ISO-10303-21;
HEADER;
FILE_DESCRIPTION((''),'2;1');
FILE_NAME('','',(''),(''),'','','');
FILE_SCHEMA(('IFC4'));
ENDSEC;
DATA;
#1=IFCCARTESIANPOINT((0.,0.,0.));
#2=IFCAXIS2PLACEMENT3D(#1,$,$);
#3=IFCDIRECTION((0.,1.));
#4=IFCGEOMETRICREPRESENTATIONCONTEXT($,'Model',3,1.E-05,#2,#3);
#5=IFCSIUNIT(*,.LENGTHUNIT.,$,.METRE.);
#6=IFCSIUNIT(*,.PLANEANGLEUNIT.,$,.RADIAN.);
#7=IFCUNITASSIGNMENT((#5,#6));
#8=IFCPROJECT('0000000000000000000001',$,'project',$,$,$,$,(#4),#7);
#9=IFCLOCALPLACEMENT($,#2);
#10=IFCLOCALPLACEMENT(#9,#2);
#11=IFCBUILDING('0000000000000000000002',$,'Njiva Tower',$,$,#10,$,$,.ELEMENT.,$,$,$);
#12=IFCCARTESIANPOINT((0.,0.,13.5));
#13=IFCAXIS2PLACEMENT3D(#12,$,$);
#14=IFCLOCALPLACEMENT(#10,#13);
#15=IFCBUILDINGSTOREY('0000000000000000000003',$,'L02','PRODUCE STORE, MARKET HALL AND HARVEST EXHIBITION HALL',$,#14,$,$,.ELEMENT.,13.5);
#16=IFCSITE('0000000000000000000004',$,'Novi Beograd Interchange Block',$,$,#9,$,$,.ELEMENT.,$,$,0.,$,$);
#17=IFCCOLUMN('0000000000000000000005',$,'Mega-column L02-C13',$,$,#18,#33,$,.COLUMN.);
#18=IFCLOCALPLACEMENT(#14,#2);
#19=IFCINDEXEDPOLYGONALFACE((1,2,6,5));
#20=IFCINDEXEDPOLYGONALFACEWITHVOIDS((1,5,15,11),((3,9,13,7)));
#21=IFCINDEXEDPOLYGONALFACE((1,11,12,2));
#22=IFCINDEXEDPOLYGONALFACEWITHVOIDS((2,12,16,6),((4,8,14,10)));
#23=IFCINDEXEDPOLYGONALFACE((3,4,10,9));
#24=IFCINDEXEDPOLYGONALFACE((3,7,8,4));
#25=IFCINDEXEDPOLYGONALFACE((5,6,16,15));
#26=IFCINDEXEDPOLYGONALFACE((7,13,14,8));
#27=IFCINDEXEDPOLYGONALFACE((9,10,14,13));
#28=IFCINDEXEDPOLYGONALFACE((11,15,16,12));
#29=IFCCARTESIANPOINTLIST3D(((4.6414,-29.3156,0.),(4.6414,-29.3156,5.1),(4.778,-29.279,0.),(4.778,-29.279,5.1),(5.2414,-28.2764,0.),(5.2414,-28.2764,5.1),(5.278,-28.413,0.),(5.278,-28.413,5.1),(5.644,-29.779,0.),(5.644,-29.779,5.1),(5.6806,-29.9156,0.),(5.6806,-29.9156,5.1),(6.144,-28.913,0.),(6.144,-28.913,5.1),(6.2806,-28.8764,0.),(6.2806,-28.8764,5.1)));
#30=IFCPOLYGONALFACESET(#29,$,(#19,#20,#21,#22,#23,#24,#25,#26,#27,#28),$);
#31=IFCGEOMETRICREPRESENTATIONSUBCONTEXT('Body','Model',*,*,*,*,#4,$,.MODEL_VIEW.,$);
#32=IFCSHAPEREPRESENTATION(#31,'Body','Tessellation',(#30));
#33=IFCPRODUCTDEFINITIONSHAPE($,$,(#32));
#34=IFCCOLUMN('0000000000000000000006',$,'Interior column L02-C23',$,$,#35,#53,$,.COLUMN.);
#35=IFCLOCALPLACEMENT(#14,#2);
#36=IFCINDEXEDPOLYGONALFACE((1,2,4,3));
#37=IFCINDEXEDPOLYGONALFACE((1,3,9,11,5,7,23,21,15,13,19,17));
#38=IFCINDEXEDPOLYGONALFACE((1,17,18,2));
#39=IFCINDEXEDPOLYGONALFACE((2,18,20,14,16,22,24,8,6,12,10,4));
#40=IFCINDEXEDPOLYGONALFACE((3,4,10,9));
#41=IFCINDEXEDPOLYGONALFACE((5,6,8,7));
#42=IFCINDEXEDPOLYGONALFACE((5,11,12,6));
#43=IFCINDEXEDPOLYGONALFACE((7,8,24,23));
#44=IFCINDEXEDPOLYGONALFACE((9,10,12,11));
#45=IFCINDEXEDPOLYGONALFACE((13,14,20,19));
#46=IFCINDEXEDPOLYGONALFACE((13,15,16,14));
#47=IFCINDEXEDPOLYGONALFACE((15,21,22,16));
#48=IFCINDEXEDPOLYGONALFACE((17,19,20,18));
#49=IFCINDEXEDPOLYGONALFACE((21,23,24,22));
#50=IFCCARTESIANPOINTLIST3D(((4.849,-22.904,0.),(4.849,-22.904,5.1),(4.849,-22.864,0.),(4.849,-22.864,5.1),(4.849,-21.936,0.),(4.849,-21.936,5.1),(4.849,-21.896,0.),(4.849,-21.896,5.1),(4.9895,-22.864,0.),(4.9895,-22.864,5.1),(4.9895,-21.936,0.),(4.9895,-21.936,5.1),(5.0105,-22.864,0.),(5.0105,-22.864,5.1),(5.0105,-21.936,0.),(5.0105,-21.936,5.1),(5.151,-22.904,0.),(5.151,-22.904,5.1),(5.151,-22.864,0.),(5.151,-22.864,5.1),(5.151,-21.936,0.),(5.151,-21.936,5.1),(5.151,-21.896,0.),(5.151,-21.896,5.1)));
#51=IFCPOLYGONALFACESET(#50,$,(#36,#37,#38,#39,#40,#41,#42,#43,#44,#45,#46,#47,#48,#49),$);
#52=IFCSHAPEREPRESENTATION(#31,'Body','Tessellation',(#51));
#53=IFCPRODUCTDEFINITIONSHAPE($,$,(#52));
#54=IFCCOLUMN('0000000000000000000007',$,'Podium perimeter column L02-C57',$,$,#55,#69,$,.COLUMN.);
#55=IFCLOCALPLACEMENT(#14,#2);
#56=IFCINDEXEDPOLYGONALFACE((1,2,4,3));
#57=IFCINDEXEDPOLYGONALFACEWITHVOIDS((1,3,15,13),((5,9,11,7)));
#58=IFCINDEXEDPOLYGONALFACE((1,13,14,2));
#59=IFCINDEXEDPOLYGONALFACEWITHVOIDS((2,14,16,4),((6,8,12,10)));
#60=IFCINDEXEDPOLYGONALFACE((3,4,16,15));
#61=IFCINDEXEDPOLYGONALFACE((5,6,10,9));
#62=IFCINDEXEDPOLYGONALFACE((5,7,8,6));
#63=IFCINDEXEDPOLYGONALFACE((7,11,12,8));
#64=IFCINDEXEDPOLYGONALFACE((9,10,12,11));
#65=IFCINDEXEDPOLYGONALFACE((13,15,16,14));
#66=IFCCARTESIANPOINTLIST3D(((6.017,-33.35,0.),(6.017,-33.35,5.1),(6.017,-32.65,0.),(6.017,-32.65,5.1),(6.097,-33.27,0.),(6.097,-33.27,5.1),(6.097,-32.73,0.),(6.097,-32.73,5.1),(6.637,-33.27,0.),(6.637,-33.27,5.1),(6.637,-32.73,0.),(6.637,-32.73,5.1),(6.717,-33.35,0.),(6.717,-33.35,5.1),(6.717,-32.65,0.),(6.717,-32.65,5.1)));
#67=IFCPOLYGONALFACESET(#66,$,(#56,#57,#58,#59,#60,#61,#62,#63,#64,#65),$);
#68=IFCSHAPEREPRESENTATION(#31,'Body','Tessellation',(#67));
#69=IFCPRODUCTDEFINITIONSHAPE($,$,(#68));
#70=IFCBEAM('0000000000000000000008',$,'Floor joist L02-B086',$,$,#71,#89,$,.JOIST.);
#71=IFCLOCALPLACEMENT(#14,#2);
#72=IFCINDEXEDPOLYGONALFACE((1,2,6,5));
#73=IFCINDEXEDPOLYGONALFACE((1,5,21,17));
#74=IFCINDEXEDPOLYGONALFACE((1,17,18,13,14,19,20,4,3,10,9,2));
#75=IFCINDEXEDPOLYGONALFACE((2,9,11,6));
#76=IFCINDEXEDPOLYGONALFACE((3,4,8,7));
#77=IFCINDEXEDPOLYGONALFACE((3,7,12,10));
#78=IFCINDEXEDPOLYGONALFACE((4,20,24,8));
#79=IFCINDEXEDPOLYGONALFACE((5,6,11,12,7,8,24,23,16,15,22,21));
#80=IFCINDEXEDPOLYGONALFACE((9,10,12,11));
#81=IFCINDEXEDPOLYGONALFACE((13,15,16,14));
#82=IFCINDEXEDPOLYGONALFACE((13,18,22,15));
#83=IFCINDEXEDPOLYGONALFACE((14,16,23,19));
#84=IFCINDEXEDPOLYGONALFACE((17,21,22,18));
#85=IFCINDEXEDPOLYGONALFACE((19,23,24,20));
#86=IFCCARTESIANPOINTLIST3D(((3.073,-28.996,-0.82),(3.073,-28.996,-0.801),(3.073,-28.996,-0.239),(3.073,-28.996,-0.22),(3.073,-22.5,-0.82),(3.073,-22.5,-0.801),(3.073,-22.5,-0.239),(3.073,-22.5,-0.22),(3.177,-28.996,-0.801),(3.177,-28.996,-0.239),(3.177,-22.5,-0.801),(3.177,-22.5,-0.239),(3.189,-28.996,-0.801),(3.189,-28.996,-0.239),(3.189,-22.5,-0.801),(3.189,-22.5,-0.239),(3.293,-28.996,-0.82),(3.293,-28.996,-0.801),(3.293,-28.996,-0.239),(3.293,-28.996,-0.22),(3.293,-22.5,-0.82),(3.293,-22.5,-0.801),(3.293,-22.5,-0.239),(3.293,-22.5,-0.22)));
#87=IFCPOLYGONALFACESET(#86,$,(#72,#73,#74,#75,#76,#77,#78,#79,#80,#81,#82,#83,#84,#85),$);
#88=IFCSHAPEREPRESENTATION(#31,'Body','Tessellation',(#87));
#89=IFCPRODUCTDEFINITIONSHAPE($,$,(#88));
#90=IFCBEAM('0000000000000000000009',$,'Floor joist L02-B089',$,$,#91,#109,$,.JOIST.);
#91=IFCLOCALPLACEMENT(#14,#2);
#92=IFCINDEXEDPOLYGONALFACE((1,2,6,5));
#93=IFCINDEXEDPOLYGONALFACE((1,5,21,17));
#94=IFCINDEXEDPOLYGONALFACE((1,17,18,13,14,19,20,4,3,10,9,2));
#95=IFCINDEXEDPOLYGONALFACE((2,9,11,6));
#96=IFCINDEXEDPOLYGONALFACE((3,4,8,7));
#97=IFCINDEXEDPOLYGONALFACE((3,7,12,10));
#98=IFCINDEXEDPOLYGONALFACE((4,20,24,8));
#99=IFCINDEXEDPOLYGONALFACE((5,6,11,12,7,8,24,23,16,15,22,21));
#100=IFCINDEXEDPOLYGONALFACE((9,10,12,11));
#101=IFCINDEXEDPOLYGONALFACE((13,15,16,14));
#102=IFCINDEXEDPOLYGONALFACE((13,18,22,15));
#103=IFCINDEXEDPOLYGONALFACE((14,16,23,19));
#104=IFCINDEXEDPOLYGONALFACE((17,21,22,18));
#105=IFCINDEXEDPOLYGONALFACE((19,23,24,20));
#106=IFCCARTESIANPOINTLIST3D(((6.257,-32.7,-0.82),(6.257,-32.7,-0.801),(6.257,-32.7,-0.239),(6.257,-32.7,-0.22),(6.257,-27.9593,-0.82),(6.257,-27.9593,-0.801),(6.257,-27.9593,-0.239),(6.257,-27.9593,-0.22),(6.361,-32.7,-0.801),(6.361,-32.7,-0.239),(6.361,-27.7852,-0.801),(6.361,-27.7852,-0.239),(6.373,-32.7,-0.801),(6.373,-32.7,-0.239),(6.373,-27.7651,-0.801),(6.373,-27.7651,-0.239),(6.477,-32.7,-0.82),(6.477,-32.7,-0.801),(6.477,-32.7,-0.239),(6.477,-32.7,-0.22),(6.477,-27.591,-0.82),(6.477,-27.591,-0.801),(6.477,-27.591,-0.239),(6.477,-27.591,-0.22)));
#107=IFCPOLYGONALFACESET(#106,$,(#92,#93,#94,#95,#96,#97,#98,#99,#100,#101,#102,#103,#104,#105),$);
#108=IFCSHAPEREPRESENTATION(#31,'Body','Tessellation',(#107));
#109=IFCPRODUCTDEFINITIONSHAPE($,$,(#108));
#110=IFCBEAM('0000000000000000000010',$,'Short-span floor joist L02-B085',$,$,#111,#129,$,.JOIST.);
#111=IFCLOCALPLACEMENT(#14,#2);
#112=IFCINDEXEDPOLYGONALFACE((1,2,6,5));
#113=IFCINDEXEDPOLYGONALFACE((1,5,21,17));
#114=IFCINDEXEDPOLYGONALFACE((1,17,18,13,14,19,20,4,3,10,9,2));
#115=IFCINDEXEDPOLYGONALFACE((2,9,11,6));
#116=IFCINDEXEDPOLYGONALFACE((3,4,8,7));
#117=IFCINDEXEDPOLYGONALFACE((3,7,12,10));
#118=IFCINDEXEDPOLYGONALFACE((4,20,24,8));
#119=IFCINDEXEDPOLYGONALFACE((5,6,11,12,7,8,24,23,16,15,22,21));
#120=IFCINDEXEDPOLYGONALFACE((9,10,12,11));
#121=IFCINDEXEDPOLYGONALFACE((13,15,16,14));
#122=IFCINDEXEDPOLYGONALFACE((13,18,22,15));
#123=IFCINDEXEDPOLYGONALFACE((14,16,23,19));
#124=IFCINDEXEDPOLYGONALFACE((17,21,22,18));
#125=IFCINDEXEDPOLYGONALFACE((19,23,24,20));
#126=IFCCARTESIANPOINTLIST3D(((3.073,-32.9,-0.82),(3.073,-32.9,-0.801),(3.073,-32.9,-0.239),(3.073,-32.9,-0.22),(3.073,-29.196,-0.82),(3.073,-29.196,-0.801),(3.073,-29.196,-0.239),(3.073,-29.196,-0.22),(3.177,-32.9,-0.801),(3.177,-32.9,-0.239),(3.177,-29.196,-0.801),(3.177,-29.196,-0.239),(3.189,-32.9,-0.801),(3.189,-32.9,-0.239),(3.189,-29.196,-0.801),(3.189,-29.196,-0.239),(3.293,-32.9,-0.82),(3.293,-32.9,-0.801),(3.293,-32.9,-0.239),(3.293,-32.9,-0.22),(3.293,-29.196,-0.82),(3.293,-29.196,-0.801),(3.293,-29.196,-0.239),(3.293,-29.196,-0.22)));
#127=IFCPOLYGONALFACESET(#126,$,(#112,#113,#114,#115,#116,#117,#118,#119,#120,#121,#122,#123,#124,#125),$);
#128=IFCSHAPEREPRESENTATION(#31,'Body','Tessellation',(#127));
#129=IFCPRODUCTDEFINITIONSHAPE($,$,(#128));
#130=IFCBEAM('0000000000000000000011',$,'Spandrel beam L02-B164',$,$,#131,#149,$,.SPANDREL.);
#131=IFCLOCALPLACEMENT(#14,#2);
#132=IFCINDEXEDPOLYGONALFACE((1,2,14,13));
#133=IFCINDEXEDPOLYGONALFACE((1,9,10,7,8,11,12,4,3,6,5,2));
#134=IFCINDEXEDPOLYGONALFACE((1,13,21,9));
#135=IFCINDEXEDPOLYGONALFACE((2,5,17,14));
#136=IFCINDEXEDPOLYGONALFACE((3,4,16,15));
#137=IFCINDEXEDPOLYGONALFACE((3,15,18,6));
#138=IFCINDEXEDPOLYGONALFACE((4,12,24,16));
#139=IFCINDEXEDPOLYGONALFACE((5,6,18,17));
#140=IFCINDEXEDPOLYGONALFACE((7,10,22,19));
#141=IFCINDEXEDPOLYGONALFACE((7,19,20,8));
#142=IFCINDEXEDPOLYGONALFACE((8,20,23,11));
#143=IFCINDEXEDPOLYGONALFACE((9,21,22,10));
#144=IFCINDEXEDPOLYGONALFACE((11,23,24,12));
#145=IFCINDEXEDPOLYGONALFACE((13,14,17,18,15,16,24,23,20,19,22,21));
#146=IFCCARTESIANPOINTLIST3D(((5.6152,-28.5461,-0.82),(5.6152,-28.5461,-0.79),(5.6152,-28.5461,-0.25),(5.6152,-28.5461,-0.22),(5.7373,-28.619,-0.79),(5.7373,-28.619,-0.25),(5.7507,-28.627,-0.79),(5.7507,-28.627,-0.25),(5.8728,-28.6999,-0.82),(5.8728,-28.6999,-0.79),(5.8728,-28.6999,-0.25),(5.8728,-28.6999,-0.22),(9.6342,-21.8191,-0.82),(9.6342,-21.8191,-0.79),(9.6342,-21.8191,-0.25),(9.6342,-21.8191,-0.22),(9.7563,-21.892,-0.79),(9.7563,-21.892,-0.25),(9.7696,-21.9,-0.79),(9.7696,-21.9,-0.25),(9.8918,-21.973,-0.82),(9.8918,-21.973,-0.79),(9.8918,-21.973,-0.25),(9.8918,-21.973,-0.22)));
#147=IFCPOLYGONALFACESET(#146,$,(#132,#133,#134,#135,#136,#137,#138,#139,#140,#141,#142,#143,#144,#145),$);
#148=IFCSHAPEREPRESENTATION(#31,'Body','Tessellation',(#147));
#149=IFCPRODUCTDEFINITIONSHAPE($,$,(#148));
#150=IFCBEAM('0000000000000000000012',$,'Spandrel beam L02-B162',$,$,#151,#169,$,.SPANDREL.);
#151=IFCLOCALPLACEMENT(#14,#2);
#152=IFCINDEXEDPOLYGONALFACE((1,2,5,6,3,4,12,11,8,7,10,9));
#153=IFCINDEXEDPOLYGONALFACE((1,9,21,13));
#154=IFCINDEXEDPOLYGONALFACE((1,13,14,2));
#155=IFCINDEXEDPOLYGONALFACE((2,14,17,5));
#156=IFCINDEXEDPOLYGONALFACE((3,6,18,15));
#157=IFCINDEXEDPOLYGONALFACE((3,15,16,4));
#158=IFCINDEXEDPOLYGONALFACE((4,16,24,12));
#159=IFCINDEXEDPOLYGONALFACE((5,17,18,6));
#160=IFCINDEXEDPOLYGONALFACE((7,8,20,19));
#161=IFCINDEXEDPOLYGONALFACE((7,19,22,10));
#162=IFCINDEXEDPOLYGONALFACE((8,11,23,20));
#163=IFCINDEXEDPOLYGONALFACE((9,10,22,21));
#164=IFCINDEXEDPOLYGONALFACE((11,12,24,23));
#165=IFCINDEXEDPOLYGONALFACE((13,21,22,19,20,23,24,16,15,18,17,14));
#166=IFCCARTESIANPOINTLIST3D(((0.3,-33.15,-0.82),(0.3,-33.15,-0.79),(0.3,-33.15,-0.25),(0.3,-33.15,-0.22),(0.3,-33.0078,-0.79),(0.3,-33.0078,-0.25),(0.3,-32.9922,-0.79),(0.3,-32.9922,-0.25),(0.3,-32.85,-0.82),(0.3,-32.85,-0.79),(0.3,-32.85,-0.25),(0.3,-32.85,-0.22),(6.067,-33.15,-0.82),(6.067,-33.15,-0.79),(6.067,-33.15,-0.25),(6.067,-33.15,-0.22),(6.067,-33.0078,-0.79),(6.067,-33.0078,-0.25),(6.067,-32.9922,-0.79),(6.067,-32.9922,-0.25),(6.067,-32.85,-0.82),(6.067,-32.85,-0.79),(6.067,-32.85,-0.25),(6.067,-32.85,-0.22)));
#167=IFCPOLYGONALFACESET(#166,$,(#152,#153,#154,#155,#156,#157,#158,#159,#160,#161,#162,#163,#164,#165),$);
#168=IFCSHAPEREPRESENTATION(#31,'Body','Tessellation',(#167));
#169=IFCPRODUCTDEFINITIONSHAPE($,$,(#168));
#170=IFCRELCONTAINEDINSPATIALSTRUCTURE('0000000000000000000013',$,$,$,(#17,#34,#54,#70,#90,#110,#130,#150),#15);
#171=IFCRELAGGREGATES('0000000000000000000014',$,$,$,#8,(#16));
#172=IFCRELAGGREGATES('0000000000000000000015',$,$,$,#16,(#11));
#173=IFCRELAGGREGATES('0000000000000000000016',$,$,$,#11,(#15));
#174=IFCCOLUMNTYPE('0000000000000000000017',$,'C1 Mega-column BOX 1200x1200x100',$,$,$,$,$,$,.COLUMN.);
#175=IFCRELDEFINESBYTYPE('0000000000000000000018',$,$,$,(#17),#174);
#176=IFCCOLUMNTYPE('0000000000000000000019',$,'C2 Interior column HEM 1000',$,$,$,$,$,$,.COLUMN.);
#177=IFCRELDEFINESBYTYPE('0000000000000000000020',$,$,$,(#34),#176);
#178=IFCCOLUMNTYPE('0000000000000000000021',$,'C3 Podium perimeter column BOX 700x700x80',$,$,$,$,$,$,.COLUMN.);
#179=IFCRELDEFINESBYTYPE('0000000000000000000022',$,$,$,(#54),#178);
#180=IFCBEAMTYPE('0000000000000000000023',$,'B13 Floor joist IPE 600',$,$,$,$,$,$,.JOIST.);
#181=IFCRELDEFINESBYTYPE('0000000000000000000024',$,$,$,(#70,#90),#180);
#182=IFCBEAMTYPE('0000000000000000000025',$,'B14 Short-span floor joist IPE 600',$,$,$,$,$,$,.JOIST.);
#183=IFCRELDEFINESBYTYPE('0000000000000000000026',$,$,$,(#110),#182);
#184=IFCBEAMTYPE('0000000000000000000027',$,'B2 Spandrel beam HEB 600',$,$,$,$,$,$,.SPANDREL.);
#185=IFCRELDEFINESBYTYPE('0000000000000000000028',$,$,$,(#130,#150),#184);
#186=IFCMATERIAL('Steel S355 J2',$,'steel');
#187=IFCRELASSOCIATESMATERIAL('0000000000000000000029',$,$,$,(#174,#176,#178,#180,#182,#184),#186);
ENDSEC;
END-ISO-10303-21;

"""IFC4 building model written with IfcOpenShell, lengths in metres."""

from ifc_helpers import new_model, si_unit, direction, frame, origin, origin_2d, place, context, subcontext, project, spatial, hollow_rectangle, i_section, extrude, clip, halfspace, material, material_profile, profile_set, type_object, element, save


model = new_model("IFC4")

# Units and contexts
model_context = context("Model", 3, precision=1e-05, world=origin(), true_north=direction((0.0, 1.0)))
body_context = subcontext(model_context, "Body", "Model", "MODEL_VIEW")
ifc_project = project(units=[si_unit("LENGTHUNIT", "METRE"), si_unit("PLANEANGLEUNIT", "RADIAN")], contexts=[model_context])

# Site, building, storey
site_placement = place(None, origin())
site = spatial("IfcSite", under=ifc_project, at=site_placement, Name="Novi Beograd Interchange Block", CompositionType="ELEMENT", RefElevation=0.0)
building_placement = place(site_placement, origin())
building = spatial("IfcBuilding", under=site, at=building_placement, Name="Njiva Tower", CompositionType="ELEMENT")
storey_placement = place(building_placement, frame((0.0, 0.0, 13.5)))
storey = spatial("IfcBuildingStorey", under=building, at=storey_placement, Name="L02", Description="PRODUCE STORE, MARKET HALL AND HARVEST EXHIBITION HALL", CompositionType="ELEMENT", Elevation=13.5)

# Columns
ifc_material_1 = material(Name="Steel S355 J2", Category="steel")
ifc_material_profile_1 = material_profile(ifc_material_1, hollow_rectangle(XDim=1.2, YDim=1.2, WallThickness=0.1, at=origin_2d()), Name="BOX 1200x1200x100")
ifc_profile_set_1 = profile_set([ifc_material_profile_1], Name="Steel S355 J2")
column_type_1 = type_object("IfcColumnType", Name="C1 Mega-column BOX 1200x1200x100", PredefinedType="COLUMN", material=ifc_profile_set_1)
column_1_placement = place(storey_placement, frame((5.461, -29.096, 0.0), z_axis=(0.0, 0.0, 1.0), x_axis=(0.5, 0.866025, 0.0)))
element("IfcColumn", 1, at=column_1_placement, inside=storey, type_object=column_type_1, Name="Mega-column L02-C13", PredefinedType="COLUMN", context=body_context, shape_type="SweptSolid", body=[
    extrude(hollow_rectangle(XDim=1.2, YDim=1.2, WallThickness=0.1, at=origin_2d()), origin(), (0.0, 0.0, 1.0), 5.1),
])
ifc_material_profile_2 = material_profile(ifc_material_1, i_section(OverallWidth=0.302, OverallDepth=1.008, WebThickness=0.021, FlangeThickness=0.04, at=origin_2d()), Name="HEM 1000")
ifc_profile_set_2 = profile_set([ifc_material_profile_2], Name="Steel S355 J2")
column_type_2 = type_object("IfcColumnType", Name="C2 Interior column HEM 1000", PredefinedType="COLUMN", material=ifc_profile_set_2)
column_2_placement = place(storey_placement, frame((5.0, -22.4, 0.0), z_axis=(0.0, 0.0, 1.0), x_axis=(1.0, 0.0, 0.0)))
element("IfcColumn", 2, at=column_2_placement, inside=storey, type_object=column_type_2, Name="Interior column L02-C23", PredefinedType="COLUMN", context=body_context, shape_type="SweptSolid", body=[
    extrude(i_section(OverallWidth=0.302, OverallDepth=1.008, WebThickness=0.021, FlangeThickness=0.04, at=origin_2d()), origin(), (0.0, 0.0, 1.0), 5.1),
])
ifc_material_profile_3 = material_profile(ifc_material_1, hollow_rectangle(XDim=0.7, YDim=0.7, WallThickness=0.08, at=origin_2d()), Name="BOX 700x700x80")
ifc_profile_set_3 = profile_set([ifc_material_profile_3], Name="Steel S355 J2")
column_type_3 = type_object("IfcColumnType", Name="C3 Podium perimeter column BOX 700x700x80", PredefinedType="COLUMN", material=ifc_profile_set_3)
column_3_placement = place(storey_placement, frame((6.367, -33.0, 0.0), z_axis=(0.0, 0.0, 1.0), x_axis=(1.0, 0.0, 0.0)))
element("IfcColumn", 3, at=column_3_placement, inside=storey, type_object=column_type_3, Name="Podium perimeter column L02-C57", PredefinedType="COLUMN", context=body_context, shape_type="SweptSolid", body=[
    extrude(hollow_rectangle(XDim=0.7, YDim=0.7, WallThickness=0.08, at=origin_2d()), origin(), (0.0, 0.0, 1.0), 5.1),
])

# Beams
ifc_material_profile_4 = material_profile(ifc_material_1, i_section(OverallWidth=0.22, OverallDepth=0.6, WebThickness=0.012, FlangeThickness=0.019, at=origin_2d()), Name="IPE 600")
ifc_profile_set_4 = profile_set([ifc_material_profile_4], Name="Steel S355 J2")
beam_type_1 = type_object("IfcBeamType", Name="B13 Floor joist IPE 600", PredefinedType="JOIST", material=ifc_profile_set_4)
beam_1_placement = place(storey_placement, frame((3.183, -22.5, -0.52), z_axis=(0.0, -1.0, 0.0), x_axis=(1.0, 0.0, 0.0)))
element("IfcBeam", 4, at=beam_1_placement, inside=storey, type_object=beam_type_1, Name="Floor joist L02-B086", PredefinedType="JOIST", context=body_context, shape_type="SweptSolid", body=[
    extrude(i_section(OverallWidth=0.22, OverallDepth=0.6, WebThickness=0.012, FlangeThickness=0.019, at=origin_2d()), origin(), (0.0, 0.0, 1.0), 6.496),
])
beam_2_placement = place(storey_placement, frame((6.367, -27.572, -0.52), z_axis=(0.0, -1.0, 0.0), x_axis=(1.0, 0.0, 0.0)))
element("IfcBeam", 5, at=beam_2_placement, inside=storey, type_object=beam_type_1, Name="Floor joist L02-B089", PredefinedType="JOIST", context=body_context, shape_type="Clipping", body=[
    clip(extrude(i_section(OverallWidth=0.22, OverallDepth=0.6, WebThickness=0.012, FlangeThickness=0.019, at=origin_2d()), origin(), (0.0, 0.0, 1.0), 5.128), halfspace(frame((-0.0433, 0.0, 0.2756), z_axis=(-0.858483, 0.0, -0.512842), x_axis=(0.0, -1.0, 0.0)), False)),
])
ifc_material_profile_5 = material_profile(ifc_material_1, i_section(OverallWidth=0.22, OverallDepth=0.6, WebThickness=0.012, FlangeThickness=0.019, at=origin_2d()), Name="IPE 600")
ifc_profile_set_5 = profile_set([ifc_material_profile_5], Name="Steel S355 J2")
beam_type_2 = type_object("IfcBeamType", Name="B14 Short-span floor joist IPE 600", PredefinedType="JOIST", material=ifc_profile_set_5)
beam_3_placement = place(storey_placement, frame((3.183, -29.196, -0.52), z_axis=(0.0, -1.0, 0.0), x_axis=(1.0, 0.0, 0.0)))
element("IfcBeam", 6, at=beam_3_placement, inside=storey, type_object=beam_type_2, Name="Short-span floor joist L02-B085", PredefinedType="JOIST", context=body_context, shape_type="SweptSolid", body=[
    extrude(i_section(OverallWidth=0.22, OverallDepth=0.6, WebThickness=0.012, FlangeThickness=0.019, at=origin_2d()), origin(), (0.0, 0.0, 1.0), 3.704),
])
ifc_material_profile_6 = material_profile(ifc_material_1, i_section(OverallWidth=0.3, OverallDepth=0.6, WebThickness=0.0155, FlangeThickness=0.03, at=origin_2d()), Name="HEB 600")
ifc_profile_set_6 = profile_set([ifc_material_profile_6], Name="Steel S355 J2")
beam_type_3 = type_object("IfcBeamType", Name="B2 Spandrel beam HEB 600", PredefinedType="SPANDREL", material=ifc_profile_set_6)
beam_4_placement = place(storey_placement, frame((5.744, -28.623, -0.52), z_axis=(0.512881, 0.85846, 0.0), x_axis=(-0.85846, 0.512881, 0.0)))
element("IfcBeam", 7, at=beam_4_placement, inside=storey, type_object=beam_type_3, Name="Spandrel beam L02-B164", PredefinedType="SPANDREL", context=body_context, shape_type="SweptSolid", body=[
    extrude(i_section(OverallWidth=0.3, OverallDepth=0.6, WebThickness=0.0155, FlangeThickness=0.03, at=origin_2d()), origin(), (0.0, 0.0, 1.0), 7.8361),
])
beam_5_placement = place(storey_placement, frame((0.3, -33.0, -0.52), z_axis=(1.0, 0.0, 0.0), x_axis=(0.0, 1.0, 0.0)))
element("IfcBeam", 8, at=beam_5_placement, inside=storey, type_object=beam_type_3, Name="Spandrel beam L02-B162", PredefinedType="SPANDREL", context=body_context, shape_type="SweptSolid", body=[
    extrude(i_section(OverallWidth=0.3, OverallDepth=0.6, WebThickness=0.0155, FlangeThickness=0.03, at=origin_2d()), origin(), (0.0, 0.0, 1.0), 5.767),
])

save(model, "model.ifc")
